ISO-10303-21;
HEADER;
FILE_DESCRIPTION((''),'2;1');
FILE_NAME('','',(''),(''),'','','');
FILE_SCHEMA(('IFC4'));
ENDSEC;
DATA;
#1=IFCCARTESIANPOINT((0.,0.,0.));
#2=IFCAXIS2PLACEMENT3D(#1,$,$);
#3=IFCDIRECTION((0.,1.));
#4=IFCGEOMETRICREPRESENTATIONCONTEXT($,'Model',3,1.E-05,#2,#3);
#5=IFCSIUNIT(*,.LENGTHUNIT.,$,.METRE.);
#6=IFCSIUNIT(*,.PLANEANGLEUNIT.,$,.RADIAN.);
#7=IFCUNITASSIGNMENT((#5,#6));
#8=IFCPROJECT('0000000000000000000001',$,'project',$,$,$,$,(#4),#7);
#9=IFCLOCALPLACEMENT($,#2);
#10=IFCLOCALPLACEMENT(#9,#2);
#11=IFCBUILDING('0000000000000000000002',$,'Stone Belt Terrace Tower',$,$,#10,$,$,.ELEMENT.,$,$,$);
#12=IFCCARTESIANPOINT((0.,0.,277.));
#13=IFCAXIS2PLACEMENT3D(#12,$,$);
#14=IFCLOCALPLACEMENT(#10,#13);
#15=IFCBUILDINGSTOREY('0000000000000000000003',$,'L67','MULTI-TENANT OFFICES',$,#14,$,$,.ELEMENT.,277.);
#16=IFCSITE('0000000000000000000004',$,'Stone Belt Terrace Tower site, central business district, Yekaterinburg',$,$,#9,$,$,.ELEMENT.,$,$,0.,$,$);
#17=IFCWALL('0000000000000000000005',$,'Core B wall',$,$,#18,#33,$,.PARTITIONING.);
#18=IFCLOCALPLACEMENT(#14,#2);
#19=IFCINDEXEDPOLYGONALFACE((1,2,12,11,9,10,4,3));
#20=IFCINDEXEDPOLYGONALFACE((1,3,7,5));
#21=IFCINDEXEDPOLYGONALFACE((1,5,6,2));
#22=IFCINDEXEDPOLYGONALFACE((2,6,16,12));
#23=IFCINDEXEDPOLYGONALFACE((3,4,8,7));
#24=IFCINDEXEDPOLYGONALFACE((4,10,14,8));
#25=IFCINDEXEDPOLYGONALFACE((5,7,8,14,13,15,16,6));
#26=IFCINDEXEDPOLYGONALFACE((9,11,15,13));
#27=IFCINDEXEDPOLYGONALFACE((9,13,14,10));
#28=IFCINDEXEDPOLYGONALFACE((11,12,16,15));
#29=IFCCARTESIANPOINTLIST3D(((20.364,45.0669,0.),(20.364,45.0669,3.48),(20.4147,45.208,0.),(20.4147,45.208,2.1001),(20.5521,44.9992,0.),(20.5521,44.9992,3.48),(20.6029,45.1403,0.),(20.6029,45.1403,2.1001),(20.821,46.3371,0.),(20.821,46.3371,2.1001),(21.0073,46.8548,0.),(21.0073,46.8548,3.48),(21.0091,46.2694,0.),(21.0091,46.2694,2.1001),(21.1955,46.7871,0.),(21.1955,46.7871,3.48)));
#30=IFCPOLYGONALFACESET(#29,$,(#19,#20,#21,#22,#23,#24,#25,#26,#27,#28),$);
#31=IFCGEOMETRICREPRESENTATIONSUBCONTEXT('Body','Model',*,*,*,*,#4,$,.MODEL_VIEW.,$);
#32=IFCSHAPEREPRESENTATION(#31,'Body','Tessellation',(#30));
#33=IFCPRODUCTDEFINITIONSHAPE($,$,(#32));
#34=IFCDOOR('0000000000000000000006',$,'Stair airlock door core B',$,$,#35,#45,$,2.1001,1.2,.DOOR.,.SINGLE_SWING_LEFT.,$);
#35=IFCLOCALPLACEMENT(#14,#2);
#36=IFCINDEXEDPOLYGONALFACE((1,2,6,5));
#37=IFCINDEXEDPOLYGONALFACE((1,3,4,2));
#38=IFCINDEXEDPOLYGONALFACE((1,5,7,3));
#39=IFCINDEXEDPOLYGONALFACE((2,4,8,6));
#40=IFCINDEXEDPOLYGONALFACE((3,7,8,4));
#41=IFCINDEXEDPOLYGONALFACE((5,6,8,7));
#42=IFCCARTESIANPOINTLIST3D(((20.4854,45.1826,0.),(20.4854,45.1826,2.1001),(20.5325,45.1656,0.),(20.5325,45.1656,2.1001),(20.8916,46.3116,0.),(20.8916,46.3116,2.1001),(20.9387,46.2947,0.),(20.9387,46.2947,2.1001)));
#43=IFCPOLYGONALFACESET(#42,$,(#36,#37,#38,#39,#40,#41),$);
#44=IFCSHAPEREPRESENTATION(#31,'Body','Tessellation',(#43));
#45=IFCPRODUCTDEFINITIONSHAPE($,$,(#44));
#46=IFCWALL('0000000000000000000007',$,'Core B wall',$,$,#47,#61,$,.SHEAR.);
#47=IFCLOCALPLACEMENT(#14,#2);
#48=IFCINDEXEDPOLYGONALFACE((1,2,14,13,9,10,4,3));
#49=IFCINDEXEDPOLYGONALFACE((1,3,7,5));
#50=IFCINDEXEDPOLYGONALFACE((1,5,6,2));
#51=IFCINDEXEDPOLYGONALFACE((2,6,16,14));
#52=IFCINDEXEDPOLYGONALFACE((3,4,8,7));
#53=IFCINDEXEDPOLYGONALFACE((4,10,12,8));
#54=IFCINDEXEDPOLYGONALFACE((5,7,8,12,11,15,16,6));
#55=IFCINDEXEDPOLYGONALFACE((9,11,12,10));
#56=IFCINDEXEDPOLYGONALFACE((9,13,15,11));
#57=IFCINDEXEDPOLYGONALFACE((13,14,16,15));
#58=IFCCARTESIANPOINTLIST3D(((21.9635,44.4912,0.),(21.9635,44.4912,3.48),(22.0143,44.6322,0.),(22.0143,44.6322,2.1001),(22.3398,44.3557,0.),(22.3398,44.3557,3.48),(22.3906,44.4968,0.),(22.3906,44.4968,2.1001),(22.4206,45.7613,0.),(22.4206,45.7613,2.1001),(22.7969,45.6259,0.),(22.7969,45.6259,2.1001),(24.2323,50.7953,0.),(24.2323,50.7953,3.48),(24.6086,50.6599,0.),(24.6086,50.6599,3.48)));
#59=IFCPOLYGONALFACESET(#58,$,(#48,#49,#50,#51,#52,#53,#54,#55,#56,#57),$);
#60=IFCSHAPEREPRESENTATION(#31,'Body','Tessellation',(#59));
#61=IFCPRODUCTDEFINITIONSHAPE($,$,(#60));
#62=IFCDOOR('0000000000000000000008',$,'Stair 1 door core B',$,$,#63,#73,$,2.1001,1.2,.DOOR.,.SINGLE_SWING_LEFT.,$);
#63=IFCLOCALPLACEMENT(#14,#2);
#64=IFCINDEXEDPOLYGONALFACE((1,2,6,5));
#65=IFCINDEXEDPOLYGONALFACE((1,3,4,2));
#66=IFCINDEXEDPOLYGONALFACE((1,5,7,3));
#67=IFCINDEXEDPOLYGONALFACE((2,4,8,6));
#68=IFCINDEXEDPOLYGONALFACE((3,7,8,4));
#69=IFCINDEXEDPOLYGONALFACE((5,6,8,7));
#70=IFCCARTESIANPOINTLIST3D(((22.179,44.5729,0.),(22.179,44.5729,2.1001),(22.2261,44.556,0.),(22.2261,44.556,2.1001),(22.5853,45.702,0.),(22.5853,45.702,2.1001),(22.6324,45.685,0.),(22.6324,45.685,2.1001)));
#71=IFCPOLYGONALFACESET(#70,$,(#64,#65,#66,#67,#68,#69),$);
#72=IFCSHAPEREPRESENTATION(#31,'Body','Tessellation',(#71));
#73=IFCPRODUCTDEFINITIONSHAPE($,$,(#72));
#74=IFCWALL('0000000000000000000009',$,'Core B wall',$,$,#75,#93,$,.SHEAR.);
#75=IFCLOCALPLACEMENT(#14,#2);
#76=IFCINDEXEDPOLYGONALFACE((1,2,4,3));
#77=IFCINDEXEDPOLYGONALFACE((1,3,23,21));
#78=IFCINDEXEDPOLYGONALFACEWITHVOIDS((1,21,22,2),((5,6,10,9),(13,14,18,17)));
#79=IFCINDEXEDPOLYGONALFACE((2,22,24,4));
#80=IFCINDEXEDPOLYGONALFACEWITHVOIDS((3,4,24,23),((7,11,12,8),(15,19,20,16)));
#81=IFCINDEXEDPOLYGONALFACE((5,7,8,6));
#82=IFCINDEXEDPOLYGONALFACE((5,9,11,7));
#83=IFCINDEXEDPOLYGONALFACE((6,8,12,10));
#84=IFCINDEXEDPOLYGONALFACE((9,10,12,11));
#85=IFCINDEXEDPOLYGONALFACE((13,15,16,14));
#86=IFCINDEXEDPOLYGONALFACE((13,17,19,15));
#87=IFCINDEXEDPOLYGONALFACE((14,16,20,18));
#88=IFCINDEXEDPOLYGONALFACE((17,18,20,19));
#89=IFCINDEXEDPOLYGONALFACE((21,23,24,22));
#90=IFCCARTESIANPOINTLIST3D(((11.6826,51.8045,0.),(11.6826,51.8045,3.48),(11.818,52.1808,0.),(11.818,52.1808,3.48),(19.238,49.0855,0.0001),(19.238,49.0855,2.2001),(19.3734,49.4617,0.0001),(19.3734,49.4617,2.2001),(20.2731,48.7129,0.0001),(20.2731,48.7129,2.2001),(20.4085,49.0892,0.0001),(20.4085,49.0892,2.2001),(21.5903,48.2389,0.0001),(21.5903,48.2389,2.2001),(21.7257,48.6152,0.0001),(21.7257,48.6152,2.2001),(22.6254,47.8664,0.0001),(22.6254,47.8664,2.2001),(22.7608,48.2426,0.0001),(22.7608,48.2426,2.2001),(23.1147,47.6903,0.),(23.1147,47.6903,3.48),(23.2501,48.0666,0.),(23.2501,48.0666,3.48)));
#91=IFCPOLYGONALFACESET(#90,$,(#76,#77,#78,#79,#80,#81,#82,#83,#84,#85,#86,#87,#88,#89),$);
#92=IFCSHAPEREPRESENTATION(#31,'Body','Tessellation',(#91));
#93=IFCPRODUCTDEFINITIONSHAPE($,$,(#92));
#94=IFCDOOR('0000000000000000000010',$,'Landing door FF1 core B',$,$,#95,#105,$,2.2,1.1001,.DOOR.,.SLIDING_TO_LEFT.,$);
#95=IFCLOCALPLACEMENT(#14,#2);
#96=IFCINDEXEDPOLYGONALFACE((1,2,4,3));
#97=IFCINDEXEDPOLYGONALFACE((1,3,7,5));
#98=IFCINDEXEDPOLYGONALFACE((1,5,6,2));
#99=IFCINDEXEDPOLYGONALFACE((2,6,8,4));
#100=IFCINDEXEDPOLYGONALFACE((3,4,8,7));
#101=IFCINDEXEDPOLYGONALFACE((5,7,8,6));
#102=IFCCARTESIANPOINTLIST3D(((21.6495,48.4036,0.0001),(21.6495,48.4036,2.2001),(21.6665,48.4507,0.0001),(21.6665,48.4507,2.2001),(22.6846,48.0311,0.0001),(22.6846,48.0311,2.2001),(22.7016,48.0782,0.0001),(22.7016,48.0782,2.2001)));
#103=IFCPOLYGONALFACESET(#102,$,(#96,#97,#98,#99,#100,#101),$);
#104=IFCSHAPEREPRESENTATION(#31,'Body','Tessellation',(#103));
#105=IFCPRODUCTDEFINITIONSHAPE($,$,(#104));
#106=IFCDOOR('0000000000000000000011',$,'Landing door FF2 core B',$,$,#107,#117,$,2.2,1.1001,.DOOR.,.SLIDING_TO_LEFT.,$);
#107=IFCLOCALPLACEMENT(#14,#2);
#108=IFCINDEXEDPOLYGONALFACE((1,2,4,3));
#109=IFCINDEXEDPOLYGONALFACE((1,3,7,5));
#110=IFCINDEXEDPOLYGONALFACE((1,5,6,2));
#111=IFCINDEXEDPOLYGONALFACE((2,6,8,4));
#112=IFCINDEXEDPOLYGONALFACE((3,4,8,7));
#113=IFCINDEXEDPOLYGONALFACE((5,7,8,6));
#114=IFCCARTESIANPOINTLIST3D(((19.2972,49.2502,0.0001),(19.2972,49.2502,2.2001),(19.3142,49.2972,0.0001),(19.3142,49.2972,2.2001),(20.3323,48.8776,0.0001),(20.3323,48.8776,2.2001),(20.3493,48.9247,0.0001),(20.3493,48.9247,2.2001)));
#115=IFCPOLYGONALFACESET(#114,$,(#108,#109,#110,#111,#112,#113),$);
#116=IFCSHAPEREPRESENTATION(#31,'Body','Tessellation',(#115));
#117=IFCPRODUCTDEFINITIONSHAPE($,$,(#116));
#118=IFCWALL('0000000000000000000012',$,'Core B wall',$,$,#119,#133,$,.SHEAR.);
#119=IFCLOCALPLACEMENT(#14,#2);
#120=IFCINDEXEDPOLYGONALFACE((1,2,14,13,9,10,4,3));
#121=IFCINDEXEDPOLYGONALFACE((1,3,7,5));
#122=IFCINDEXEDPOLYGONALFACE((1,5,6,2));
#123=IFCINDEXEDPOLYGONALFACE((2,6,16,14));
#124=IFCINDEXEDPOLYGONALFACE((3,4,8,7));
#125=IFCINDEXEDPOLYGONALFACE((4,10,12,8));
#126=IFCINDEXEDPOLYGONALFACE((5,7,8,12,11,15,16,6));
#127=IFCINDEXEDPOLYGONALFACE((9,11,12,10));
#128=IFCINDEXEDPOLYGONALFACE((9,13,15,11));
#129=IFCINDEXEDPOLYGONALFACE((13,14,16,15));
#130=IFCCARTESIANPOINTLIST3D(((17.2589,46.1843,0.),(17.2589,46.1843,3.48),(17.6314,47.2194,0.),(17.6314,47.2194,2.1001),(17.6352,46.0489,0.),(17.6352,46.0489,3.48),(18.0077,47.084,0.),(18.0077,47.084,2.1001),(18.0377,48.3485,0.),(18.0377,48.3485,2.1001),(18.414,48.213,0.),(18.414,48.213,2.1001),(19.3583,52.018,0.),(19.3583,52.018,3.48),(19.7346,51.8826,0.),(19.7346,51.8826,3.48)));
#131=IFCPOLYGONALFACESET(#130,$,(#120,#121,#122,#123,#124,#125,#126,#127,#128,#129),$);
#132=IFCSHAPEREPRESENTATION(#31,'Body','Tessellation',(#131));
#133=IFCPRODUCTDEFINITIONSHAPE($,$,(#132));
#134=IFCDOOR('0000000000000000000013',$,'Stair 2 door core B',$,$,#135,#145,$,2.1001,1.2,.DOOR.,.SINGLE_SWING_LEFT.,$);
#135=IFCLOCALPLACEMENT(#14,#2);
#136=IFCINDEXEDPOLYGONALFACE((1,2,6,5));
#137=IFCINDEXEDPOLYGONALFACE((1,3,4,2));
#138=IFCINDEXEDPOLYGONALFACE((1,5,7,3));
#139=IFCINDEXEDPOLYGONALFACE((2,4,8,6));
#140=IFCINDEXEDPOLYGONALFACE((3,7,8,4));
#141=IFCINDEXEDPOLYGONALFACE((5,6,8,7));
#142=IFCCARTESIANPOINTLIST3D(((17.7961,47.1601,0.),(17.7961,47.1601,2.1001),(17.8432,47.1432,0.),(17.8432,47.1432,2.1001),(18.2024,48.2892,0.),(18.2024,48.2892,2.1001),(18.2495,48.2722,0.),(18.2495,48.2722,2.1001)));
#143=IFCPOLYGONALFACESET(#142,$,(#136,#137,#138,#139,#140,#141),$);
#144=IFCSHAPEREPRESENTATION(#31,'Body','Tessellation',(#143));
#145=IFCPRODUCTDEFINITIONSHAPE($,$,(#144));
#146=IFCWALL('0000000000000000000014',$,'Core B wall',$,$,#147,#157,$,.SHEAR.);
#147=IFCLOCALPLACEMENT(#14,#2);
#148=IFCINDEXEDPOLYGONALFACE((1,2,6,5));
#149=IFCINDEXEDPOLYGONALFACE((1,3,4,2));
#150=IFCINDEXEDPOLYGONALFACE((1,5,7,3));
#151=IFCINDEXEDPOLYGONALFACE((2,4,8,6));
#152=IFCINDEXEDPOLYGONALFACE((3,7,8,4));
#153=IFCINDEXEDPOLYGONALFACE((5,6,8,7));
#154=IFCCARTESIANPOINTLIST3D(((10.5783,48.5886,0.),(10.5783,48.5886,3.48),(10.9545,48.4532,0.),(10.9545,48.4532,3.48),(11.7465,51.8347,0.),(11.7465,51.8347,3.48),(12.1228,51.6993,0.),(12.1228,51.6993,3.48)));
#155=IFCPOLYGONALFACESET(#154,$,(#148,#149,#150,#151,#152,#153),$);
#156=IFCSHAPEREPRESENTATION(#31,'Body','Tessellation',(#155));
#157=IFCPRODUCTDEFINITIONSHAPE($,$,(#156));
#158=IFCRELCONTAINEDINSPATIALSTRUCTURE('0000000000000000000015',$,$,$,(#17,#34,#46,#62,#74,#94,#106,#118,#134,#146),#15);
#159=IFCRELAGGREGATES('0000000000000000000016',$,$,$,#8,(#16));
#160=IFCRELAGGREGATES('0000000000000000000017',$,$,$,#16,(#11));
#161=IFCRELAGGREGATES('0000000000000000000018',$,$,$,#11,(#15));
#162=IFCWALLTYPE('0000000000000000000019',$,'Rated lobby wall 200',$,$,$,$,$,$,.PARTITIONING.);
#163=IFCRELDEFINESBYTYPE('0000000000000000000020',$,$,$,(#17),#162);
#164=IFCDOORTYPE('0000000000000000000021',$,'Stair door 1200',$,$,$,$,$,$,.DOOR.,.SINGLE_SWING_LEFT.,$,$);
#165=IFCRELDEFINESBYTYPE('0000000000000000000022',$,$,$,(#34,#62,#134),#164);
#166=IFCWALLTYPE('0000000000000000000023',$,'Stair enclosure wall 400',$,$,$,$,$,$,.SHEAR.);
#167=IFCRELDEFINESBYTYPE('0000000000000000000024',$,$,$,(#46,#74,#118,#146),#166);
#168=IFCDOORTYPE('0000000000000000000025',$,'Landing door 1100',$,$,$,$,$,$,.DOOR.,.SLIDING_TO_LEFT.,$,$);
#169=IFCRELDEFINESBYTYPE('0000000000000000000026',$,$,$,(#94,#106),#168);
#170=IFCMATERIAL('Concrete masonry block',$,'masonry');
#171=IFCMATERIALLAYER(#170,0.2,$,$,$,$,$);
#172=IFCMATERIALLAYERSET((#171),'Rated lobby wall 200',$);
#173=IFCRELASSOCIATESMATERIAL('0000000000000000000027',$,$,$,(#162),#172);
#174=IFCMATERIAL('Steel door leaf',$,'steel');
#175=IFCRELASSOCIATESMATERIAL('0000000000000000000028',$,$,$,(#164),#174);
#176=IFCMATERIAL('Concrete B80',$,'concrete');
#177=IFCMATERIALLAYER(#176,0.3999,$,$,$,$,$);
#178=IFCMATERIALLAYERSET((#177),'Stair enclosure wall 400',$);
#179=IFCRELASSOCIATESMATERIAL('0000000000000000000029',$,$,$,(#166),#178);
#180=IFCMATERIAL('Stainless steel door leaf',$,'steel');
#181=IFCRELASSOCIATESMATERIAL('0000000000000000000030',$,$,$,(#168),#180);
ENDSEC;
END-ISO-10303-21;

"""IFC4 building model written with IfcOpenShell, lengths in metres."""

from ifc_helpers import new_model, si_unit, direction, frame, frame_2d, origin, place, context, subcontext, project, spatial, rectangle, extrude, material, layer, layer_set, type_object, element, fill, save


model = new_model("IFC4")

# Units and contexts
model_context = context("Model", 3, precision=1e-05, world=origin(), true_north=direction((0.0, 1.0)))
body_context = subcontext(model_context, "Body", "Model", "MODEL_VIEW")
ifc_project = project(units=[si_unit("LENGTHUNIT", "METRE"), si_unit("PLANEANGLEUNIT", "RADIAN")], contexts=[model_context])

# Site, building, storey
site_placement = place(None, origin())
site = spatial("IfcSite", under=ifc_project, at=site_placement, Name="Stone Belt Terrace Tower site, central business district, Yekaterinburg", CompositionType="ELEMENT", RefElevation=0.0)
building_placement = place(site_placement, origin())
building = spatial("IfcBuilding", under=site, at=building_placement, Name="Stone Belt Terrace Tower", CompositionType="ELEMENT")
storey_placement = place(building_placement, frame((0.0, 0.0, 277.0)))
storey = spatial("IfcBuildingStorey", under=building, at=storey_placement, Name="L67", Description="MULTI-TENANT OFFICES", CompositionType="ELEMENT", Elevation=277.0)

# Shared definitions
ifc_material_1 = material(Name="Concrete B80", Category="concrete")

# Shared definitions
ifc_material_2 = material(Name="Concrete masonry block", Category="masonry")
ifc_layer_1 = layer(ifc_material_2, 0.2)
ifc_layer_set_1 = layer_set([ifc_layer_1], Name="Rated lobby wall 200")
wall_type_1 = type_object("IfcWallType", Name="Rated lobby wall 200", PredefinedType="PARTITIONING", material=ifc_layer_set_1)

# Walls, openings, doors
wall_1_placement = place(storey_placement, frame((20.458, 45.033, 0.0), z_axis=(0.0, 0.0, 1.0), x_axis=(0.338574, 0.94094, 0.0)))
wall_1 = element("IfcWall", 1, at=wall_1_placement, inside=storey, type_object=wall_type_1, Name="Core B wall", PredefinedType="PARTITIONING", context=body_context, shape_type="SweptSolid", body=[
    extrude(rectangle(XDim=1.9001, YDim=0.2, at=frame_2d((0.9502, 0.0))), origin(), (0.0, 0.0, 1.0), 3.48),
])
opening_1_placement = place(wall_1_placement, frame((0.1499, 0.0, 0.0)))
opening_1 = element("IfcOpeningElement", 2, at=opening_1_placement, cuts=wall_1, PredefinedType="OPENING", context=body_context, shape_type="SweptSolid", body=[
    extrude(rectangle(XDim=1.2, YDim=2.1001, at=frame_2d((0.6001, 1.05))), frame((0.0, 0.1099, 0.0), z_axis=(0.0, -1.0, 0.0), x_axis=(1.0, 0.0, 0.0)), (0.0, 0.0, 1.0), 0.22),
])
ifc_material_3 = material(Name="Steel door leaf", Category="steel")
door_type_1 = type_object("IfcDoorType", Name="Stair door 1200", OperationType="SINGLE_SWING_LEFT", PredefinedType="DOOR", material=ifc_material_3)
door_1_placement = place(opening_1_placement, origin())
door_1 = element("IfcDoor", 3, at=door_1_placement, inside=storey, type_object=door_type_1, Name="Stair airlock door core B", OperationType="SINGLE_SWING_LEFT", OverallHeight=2.1001, OverallWidth=1.2, PredefinedType="DOOR", context=body_context, shape_type="SweptSolid", body=[
    extrude(rectangle(XDim=1.2, YDim=2.1001, at=frame_2d((0.6001, 1.05))), frame((0.0, 0.0249, 0.0), z_axis=(0.0, -1.0, 0.0), x_axis=(1.0, 0.0, 0.0)), (0.0, 0.0, 1.0), 0.05),
])
fill(opening_1, door_1)
ifc_layer_2 = layer(ifc_material_1, 0.3999)
ifc_layer_set_2 = layer_set([ifc_layer_2], Name="Stair enclosure wall 400")
wall_type_2 = type_object("IfcWallType", Name="Stair enclosure wall 400", PredefinedType="SHEAR", material=ifc_layer_set_2)
wall_2_placement = place(storey_placement, frame((22.1516, 44.4233, 0.0), z_axis=(0.0, 0.0, 1.0), x_axis=(0.338625, 0.940921, 0.0)))
wall_2 = element("IfcWall", 4, at=wall_2_placement, inside=storey, type_object=wall_type_2, Name="Core B wall", PredefinedType="SHEAR", context=body_context, shape_type="SweptSolid", body=[
    extrude(rectangle(XDim=6.7, YDim=0.3999, at=frame_2d((3.3501, 0.0))), origin(), (0.0, 0.0, 1.0), 3.48),
])
opening_2_placement = place(wall_2_placement, frame((0.1499, 0.0, 0.0)))
opening_2 = element("IfcOpeningElement", 5, at=opening_2_placement, cuts=wall_2, PredefinedType="OPENING", context=body_context, shape_type="SweptSolid", body=[
    extrude(rectangle(XDim=1.2, YDim=2.1001, at=frame_2d((0.6001, 1.05))), frame((0.0, 0.21, 0.0), z_axis=(0.0, -1.0, 0.0), x_axis=(1.0, 0.0, 0.0)), (0.0, 0.0, 1.0), 0.4199),
])
door_2_placement = place(opening_2_placement, origin())
door_2 = element("IfcDoor", 6, at=door_2_placement, inside=storey, type_object=door_type_1, Name="Stair 1 door core B", OperationType="SINGLE_SWING_LEFT", OverallHeight=2.1001, OverallWidth=1.2, PredefinedType="DOOR", context=body_context, shape_type="SweptSolid", body=[
    extrude(rectangle(XDim=1.2, YDim=2.1001, at=frame_2d((0.6001, 1.05))), frame((0.0, 0.0249, 0.0), z_axis=(0.0, -1.0, 0.0), x_axis=(1.0, 0.0, 0.0)), (0.0, 0.0, 1.0), 0.05),
])
fill(opening_2, door_2)

# Wall, openings, doors
wall_3_placement = place(storey_placement, frame((23.1824, 47.8784, 0.0), z_axis=(0.0, 0.0, 1.0), x_axis=(-0.940922, 0.338624, 0.0)))
wall_3 = element("IfcWall", 7, at=wall_3_placement, inside=storey, type_object=wall_type_2, Name="Core B wall", PredefinedType="SHEAR", context=body_context, shape_type="SweptSolid", body=[
    extrude(rectangle(XDim=12.1499, YDim=0.3999, at=frame_2d((6.075, 0.0))), origin(), (0.0, 0.0, 1.0), 3.48),
])
opening_3_placement = place(wall_3_placement, frame((0.52, 0.0, 0.0)))
opening_3 = element("IfcOpeningElement", 8, at=opening_3_placement, cuts=wall_3, PredefinedType="OPENING", context=body_context, shape_type="SweptSolid", body=[
    extrude(rectangle(XDim=1.1001, YDim=2.2, at=frame_2d((0.55, 1.1001))), frame((0.0, 0.21, 0.0), z_axis=(0.0, -1.0, 0.0), x_axis=(1.0, 0.0, 0.0)), (0.0, 0.0, 1.0), 0.4199),
])
opening_4_placement = place(wall_3_placement, frame((3.02, 0.0, 0.0)))
opening_4 = element("IfcOpeningElement", 9, at=opening_4_placement, cuts=wall_3, PredefinedType="OPENING", context=body_context, shape_type="SweptSolid", body=[
    extrude(rectangle(XDim=1.1001, YDim=2.2, at=frame_2d((0.55, 1.1001))), frame((0.0, 0.21, 0.0), z_axis=(0.0, -1.0, 0.0), x_axis=(1.0, 0.0, 0.0)), (0.0, 0.0, 1.0), 0.4199),
])
ifc_material_4 = material(Name="Stainless steel door leaf", Category="steel")
door_type_2 = type_object("IfcDoorType", Name="Landing door 1100", OperationType="SLIDING_TO_LEFT", PredefinedType="DOOR", material=ifc_material_4)
door_3_placement = place(opening_3_placement, origin())
door_3 = element("IfcDoor", 10, at=door_3_placement, inside=storey, type_object=door_type_2, Name="Landing door FF1 core B", OperationType="SLIDING_TO_LEFT", OverallHeight=2.2, OverallWidth=1.1001, PredefinedType="DOOR", context=body_context, shape_type="SweptSolid", body=[
    extrude(rectangle(XDim=1.1001, YDim=2.2, at=frame_2d((0.55, 1.1001))), frame((0.0, 0.0249, 0.0), z_axis=(0.0, -1.0, 0.0), x_axis=(1.0, 0.0, 0.0)), (0.0, 0.0, 1.0), 0.05),
])
fill(opening_3, door_3)
door_4_placement = place(opening_4_placement, origin())
door_4 = element("IfcDoor", 11, at=door_4_placement, inside=storey, type_object=door_type_2, Name="Landing door FF2 core B", OperationType="SLIDING_TO_LEFT", OverallHeight=2.2, OverallWidth=1.1001, PredefinedType="DOOR", context=body_context, shape_type="SweptSolid", body=[
    extrude(rectangle(XDim=1.1001, YDim=2.2, at=frame_2d((0.55, 1.1001))), frame((0.0, 0.0249, 0.0), z_axis=(0.0, -1.0, 0.0), x_axis=(1.0, 0.0, 0.0)), (0.0, 0.0, 1.0), 0.05),
])
fill(opening_4, door_4)

# Wall, opening, door
wall_4_placement = place(storey_placement, frame((17.447, 46.1165, 0.0), z_axis=(0.0, 0.0, 1.0), x_axis=(0.338608, 0.940928, 0.0)))
wall_4 = element("IfcWall", 12, at=wall_4_placement, inside=storey, type_object=wall_type_2, Name="Core B wall", PredefinedType="SHEAR", context=body_context, shape_type="SweptSolid", body=[
    extrude(rectangle(XDim=6.2, YDim=0.3999, at=frame_2d((3.1001, 0.0))), origin(), (0.0, 0.0, 1.0), 3.48),
])
opening_5_placement = place(wall_4_placement, frame((1.1001, 0.0, 0.0)))
opening_5 = element("IfcOpeningElement", 13, at=opening_5_placement, cuts=wall_4, PredefinedType="OPENING", context=body_context, shape_type="SweptSolid", body=[
    extrude(rectangle(XDim=1.2, YDim=2.1001, at=frame_2d((0.6001, 1.05))), frame((0.0, 0.21, 0.0), z_axis=(0.0, -1.0, 0.0), x_axis=(1.0, 0.0, 0.0)), (0.0, 0.0, 1.0), 0.4199),
])
door_5_placement = place(opening_5_placement, origin())
door_5 = element("IfcDoor", 14, at=door_5_placement, inside=storey, type_object=door_type_1, Name="Stair 2 door core B", OperationType="SINGLE_SWING_LEFT", OverallHeight=2.1001, OverallWidth=1.2, PredefinedType="DOOR", context=body_context, shape_type="SweptSolid", body=[
    extrude(rectangle(XDim=1.2, YDim=2.1001, at=frame_2d((0.6001, 1.05))), frame((0.0, 0.0249, 0.0), z_axis=(0.0, -1.0, 0.0), x_axis=(1.0, 0.0, 0.0)), (0.0, 0.0, 1.0), 0.05),
])
fill(opening_5, door_5)

# Wall
wall_5_placement = place(storey_placement, frame((10.7664, 48.5208, 0.0), z_axis=(0.0, 0.0, 1.0), x_axis=(0.338622, 0.940923, 0.0)))
element("IfcWall", 15, at=wall_5_placement, inside=storey, type_object=wall_type_2, Name="Core B wall", PredefinedType="SHEAR", context=body_context, shape_type="SweptSolid", body=[
    extrude(rectangle(XDim=3.45, YDim=0.3999, at=frame_2d((1.7251, 0.0))), origin(), (0.0, 0.0, 1.0), 3.48),
])

save(model, "model.ifc")
